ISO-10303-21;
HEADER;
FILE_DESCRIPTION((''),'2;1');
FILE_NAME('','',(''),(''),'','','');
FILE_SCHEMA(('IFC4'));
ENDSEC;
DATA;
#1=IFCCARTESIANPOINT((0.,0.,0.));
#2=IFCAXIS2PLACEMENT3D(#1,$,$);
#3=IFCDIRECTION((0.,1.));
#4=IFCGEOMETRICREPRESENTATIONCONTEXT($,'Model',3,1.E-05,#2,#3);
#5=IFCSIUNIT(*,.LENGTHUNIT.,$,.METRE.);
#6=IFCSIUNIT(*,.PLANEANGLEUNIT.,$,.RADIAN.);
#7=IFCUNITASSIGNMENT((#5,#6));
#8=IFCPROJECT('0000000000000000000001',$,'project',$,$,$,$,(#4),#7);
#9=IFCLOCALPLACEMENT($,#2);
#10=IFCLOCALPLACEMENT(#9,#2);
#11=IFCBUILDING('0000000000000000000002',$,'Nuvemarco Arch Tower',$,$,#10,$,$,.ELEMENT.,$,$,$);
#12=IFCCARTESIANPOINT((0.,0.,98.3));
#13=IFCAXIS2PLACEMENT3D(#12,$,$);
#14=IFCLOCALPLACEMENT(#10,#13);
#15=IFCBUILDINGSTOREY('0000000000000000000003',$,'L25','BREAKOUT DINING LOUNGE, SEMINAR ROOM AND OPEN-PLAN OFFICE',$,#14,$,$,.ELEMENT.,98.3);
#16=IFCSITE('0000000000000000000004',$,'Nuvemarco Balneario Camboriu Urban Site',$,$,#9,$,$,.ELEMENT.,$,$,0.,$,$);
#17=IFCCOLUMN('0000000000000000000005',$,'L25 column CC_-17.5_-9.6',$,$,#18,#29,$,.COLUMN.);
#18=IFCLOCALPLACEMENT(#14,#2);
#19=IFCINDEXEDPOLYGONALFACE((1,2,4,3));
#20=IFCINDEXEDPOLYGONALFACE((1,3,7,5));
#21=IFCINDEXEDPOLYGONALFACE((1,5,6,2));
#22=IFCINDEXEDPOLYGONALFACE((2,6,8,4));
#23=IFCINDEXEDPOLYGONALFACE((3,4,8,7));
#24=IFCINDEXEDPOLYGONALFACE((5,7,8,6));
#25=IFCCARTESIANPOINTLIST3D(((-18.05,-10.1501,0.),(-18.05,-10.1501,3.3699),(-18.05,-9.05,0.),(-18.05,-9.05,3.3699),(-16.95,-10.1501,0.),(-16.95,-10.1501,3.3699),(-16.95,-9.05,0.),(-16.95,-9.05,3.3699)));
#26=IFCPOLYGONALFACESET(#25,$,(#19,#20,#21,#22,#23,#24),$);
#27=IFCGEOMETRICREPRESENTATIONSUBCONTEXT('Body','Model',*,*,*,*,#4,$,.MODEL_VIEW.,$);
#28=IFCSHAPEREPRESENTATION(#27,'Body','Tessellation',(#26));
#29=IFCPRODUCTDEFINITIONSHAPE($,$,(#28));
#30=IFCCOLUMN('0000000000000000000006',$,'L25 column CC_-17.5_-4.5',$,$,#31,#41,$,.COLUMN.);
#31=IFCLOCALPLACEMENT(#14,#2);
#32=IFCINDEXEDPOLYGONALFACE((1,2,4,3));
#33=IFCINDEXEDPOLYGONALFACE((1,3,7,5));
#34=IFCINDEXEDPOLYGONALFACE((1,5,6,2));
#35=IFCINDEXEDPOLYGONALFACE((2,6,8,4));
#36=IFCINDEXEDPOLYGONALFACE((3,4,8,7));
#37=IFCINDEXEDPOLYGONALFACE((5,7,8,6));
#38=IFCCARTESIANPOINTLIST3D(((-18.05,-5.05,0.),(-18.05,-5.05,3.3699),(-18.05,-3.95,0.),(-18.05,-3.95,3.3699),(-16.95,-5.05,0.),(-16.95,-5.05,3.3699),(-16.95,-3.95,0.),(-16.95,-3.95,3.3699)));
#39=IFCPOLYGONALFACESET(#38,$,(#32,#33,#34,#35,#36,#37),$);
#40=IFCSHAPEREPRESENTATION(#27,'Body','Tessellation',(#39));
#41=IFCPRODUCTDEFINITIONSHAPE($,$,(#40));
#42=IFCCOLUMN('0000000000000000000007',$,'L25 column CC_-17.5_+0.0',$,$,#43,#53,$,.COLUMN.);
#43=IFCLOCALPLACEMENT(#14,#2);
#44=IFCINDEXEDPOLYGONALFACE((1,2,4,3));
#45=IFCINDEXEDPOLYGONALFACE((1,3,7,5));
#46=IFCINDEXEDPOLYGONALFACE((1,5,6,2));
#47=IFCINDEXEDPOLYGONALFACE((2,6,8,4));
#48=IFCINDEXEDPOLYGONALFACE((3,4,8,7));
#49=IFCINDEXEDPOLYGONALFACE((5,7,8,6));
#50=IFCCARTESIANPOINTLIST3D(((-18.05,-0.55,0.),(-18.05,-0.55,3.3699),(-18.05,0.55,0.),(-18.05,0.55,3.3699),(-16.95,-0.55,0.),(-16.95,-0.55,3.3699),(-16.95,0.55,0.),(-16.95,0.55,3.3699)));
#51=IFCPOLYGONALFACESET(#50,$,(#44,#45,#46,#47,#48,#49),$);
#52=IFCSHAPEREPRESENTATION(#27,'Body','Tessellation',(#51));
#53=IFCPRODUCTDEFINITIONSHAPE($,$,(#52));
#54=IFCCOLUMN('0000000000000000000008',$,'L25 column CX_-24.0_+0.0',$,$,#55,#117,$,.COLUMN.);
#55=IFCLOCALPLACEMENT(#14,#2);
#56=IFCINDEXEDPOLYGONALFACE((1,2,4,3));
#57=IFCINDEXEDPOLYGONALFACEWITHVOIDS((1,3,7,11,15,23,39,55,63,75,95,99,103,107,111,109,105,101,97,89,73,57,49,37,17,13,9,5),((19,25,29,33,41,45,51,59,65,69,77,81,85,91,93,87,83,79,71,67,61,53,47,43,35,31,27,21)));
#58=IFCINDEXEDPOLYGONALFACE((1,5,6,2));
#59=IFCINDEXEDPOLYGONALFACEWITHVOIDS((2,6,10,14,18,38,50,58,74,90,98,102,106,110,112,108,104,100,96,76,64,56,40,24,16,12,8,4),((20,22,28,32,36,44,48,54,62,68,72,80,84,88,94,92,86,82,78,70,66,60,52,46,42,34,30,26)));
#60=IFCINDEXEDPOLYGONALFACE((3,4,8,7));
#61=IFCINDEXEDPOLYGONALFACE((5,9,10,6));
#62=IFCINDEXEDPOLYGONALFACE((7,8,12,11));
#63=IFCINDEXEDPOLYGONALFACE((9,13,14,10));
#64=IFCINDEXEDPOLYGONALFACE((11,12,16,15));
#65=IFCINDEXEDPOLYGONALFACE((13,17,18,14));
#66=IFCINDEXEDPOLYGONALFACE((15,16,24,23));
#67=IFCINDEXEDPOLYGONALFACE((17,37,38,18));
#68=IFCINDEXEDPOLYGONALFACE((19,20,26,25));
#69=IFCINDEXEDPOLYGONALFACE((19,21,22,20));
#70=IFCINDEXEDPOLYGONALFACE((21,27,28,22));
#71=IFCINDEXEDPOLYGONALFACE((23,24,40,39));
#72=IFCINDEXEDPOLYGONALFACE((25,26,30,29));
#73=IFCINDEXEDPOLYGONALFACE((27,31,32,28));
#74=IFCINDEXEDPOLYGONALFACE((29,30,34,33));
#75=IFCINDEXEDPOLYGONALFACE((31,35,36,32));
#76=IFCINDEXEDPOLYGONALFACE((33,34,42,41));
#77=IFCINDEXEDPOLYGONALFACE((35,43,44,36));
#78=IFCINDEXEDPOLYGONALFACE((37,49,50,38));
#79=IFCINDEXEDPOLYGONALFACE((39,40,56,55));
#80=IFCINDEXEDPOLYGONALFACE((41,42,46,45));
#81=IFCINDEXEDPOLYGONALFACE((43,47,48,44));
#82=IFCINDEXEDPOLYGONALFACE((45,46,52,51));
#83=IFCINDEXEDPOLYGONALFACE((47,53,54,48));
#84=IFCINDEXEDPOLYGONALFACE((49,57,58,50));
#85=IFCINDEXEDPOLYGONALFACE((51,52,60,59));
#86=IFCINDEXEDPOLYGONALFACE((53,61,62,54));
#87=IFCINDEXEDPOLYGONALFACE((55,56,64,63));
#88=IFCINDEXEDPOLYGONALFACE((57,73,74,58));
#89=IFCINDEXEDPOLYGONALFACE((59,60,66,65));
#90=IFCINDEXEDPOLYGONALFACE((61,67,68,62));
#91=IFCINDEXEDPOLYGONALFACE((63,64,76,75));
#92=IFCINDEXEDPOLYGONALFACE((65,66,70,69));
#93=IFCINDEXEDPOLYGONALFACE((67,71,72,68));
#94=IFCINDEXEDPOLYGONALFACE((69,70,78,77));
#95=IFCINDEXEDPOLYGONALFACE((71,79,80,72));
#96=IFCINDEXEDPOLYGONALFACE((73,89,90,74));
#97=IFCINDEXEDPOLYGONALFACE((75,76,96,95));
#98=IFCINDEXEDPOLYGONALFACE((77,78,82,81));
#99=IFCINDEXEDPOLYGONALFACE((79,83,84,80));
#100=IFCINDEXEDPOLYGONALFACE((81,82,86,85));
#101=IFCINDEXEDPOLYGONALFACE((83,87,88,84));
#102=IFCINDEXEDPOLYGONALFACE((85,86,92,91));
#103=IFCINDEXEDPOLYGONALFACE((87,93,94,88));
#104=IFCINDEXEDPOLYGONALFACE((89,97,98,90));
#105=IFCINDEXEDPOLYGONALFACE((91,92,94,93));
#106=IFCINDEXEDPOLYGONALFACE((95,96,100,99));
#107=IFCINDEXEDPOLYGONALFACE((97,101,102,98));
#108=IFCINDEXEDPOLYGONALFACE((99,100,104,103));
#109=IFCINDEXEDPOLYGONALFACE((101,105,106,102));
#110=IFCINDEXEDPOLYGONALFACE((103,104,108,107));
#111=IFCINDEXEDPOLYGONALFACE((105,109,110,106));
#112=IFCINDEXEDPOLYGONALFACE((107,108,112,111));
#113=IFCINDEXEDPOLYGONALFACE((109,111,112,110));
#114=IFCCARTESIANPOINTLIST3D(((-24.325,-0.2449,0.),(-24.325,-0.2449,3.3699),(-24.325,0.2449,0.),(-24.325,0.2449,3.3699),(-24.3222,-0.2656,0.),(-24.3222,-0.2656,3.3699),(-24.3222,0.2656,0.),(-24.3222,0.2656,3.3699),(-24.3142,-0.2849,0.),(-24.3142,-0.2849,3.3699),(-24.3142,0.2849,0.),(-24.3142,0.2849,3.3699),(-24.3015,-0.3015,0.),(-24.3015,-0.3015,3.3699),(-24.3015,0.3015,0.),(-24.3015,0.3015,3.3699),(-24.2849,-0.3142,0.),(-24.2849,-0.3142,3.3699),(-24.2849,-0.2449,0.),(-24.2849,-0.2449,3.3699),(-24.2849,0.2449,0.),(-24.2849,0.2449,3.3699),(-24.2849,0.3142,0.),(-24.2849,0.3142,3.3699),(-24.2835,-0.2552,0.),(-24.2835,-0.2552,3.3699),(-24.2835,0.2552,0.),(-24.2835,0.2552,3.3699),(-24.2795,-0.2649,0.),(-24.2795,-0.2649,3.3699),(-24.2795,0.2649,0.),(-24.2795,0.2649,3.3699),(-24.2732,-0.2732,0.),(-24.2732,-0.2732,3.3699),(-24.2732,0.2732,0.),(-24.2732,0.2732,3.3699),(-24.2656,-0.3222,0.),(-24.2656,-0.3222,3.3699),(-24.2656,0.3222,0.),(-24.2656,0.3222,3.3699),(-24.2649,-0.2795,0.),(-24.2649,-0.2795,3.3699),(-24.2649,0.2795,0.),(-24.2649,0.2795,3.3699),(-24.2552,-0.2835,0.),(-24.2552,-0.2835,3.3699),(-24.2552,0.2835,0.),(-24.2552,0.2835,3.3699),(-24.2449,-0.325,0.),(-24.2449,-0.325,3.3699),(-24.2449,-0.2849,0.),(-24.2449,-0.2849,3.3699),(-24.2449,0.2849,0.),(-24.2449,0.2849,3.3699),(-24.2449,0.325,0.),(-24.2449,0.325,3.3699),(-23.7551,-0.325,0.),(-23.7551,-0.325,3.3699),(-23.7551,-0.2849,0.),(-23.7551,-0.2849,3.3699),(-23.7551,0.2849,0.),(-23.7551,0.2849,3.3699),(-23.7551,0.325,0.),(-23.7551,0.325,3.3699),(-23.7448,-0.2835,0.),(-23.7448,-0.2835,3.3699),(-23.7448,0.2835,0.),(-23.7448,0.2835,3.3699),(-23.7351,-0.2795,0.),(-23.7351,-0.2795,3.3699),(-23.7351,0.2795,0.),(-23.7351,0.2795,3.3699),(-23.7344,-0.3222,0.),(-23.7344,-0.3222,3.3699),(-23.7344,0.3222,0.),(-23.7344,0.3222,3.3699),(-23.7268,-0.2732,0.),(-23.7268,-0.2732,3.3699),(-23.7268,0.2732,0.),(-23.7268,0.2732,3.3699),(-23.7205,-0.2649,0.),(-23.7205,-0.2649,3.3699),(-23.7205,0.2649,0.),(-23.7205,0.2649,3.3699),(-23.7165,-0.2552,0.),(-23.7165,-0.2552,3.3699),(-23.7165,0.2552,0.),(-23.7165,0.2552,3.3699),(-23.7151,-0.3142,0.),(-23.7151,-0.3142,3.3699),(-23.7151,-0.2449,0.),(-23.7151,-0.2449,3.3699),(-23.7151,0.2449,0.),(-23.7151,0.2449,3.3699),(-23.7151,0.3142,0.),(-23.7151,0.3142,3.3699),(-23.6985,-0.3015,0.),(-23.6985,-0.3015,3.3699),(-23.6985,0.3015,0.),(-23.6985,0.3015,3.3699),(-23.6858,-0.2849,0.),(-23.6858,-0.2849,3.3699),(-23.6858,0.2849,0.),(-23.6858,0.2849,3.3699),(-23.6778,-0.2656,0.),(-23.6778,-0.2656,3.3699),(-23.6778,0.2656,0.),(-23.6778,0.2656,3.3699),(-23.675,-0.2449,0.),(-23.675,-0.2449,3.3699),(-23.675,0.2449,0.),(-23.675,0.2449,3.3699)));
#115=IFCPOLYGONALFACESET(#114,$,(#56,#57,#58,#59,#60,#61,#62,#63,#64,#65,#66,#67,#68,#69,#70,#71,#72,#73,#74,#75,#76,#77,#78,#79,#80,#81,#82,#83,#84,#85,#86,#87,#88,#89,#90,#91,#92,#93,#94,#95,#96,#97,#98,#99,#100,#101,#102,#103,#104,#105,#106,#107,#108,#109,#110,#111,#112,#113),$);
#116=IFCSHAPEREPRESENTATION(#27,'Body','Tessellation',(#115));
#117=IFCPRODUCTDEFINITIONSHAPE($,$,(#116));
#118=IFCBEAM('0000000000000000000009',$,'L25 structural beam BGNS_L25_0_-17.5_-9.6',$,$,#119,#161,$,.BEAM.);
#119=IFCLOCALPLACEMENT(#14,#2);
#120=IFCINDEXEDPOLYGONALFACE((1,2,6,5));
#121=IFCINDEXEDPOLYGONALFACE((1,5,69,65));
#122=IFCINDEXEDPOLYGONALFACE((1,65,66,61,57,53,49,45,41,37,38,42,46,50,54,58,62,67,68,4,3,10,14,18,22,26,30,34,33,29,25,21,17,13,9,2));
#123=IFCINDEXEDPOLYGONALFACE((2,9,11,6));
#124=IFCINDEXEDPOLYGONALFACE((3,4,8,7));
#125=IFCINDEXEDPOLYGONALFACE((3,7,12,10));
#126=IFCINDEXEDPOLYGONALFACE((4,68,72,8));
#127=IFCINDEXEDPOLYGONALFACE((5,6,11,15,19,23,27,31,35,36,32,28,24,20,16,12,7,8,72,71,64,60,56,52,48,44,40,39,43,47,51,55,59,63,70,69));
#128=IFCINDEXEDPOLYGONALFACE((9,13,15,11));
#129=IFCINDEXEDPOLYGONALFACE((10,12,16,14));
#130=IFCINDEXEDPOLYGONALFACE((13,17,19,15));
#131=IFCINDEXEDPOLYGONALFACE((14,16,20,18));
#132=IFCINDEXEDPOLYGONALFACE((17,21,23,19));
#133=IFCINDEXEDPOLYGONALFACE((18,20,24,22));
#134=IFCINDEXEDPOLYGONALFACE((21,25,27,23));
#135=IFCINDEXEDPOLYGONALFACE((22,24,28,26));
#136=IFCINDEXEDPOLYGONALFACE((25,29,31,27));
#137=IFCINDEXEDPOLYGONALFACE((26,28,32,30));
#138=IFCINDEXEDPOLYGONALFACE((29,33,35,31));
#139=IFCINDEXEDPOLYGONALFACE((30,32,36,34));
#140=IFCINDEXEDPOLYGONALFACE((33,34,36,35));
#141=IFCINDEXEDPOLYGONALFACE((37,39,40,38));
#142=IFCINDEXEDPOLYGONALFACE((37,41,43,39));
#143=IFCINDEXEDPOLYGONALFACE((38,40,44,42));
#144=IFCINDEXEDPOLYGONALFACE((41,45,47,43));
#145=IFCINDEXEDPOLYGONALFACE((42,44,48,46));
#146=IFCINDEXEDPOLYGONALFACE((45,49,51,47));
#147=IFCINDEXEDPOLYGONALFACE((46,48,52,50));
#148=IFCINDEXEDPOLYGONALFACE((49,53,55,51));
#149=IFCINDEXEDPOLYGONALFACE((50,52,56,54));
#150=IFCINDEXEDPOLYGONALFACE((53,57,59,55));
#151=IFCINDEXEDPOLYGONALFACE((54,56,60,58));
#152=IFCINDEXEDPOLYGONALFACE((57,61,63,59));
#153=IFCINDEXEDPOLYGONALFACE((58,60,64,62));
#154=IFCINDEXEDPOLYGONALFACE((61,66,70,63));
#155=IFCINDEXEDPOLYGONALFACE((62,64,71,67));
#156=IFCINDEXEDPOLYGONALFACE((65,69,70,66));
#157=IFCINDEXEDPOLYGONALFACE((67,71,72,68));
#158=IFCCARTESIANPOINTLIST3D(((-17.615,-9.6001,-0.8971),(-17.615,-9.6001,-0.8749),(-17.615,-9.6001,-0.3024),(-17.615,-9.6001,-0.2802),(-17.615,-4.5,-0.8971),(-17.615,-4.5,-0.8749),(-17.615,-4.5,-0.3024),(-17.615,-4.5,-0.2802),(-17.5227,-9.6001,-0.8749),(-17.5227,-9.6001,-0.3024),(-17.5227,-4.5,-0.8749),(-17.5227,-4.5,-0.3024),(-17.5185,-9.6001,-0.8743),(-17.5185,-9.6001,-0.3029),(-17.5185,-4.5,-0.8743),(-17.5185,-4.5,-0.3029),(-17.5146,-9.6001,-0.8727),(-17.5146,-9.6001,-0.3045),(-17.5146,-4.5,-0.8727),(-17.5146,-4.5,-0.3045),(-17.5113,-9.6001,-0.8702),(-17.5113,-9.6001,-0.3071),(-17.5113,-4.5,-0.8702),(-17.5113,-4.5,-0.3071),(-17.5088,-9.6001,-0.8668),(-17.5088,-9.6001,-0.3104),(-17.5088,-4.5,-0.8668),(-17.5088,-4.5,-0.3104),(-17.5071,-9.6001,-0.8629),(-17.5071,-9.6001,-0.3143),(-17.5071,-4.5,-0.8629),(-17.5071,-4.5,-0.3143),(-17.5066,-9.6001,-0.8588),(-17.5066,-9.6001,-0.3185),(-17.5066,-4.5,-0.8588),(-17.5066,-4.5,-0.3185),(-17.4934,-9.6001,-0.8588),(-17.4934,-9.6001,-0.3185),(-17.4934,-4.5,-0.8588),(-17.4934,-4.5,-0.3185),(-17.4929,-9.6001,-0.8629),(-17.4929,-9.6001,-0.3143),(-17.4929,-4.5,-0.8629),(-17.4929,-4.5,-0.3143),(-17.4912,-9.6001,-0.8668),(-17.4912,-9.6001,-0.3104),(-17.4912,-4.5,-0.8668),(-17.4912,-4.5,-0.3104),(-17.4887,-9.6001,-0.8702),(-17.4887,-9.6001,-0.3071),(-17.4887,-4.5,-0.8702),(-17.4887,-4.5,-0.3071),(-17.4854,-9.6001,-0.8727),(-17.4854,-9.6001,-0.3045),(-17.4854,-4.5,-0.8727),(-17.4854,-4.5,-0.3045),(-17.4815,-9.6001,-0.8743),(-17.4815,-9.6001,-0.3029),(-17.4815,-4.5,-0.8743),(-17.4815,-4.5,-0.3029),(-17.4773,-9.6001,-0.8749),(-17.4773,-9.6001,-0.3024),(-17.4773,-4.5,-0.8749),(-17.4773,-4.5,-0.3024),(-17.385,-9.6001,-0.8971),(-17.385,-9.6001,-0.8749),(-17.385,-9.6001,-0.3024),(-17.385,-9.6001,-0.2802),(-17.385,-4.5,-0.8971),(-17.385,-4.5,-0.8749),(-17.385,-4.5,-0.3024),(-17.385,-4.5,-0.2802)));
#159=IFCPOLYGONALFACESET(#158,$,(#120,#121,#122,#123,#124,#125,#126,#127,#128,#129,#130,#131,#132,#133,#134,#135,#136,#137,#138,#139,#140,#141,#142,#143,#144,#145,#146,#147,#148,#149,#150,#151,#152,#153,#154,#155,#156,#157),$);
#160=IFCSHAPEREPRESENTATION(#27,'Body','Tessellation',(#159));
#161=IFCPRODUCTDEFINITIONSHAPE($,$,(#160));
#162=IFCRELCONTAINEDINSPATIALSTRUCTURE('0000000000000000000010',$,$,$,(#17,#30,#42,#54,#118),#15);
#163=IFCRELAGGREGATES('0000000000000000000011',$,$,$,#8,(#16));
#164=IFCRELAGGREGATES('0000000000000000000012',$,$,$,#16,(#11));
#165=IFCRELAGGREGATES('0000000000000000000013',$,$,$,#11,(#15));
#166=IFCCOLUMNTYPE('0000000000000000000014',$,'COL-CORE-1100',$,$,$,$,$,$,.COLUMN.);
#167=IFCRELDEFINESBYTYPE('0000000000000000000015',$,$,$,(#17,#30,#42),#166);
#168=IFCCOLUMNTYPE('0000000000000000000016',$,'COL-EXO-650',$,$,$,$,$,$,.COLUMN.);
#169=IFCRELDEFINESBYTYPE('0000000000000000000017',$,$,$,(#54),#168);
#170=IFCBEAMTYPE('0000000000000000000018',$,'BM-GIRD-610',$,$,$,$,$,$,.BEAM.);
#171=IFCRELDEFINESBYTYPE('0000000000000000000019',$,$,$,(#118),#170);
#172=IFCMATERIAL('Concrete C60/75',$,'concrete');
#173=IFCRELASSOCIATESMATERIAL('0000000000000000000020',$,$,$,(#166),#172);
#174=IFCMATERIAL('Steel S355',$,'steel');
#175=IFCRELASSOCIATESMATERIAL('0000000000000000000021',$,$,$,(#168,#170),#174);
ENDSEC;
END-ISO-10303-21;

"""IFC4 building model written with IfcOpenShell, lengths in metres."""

from ifc_helpers import new_model, si_unit, direction, frame, origin, origin_2d, place, context, subcontext, project, spatial, rectangle, hollow_rectangle, i_section, extrude, material, material_profile, profile_set, type_object, element, save


model = new_model("IFC4")

# Units and contexts
model_context = context("Model", 3, precision=1e-05, world=origin(), true_north=direction((0.0, 1.0)))
body_context = subcontext(model_context, "Body", "Model", "MODEL_VIEW")
ifc_project = project(units=[si_unit("LENGTHUNIT", "METRE"), si_unit("PLANEANGLEUNIT", "RADIAN")], contexts=[model_context])

# Site, building, storey
site_placement = place(None, origin())
site = spatial("IfcSite", under=ifc_project, at=site_placement, Name="Nuvemarco Balneario Camboriu Urban Site", CompositionType="ELEMENT", RefElevation=0.0)
building_placement = place(site_placement, origin())
building = spatial("IfcBuilding", under=site, at=building_placement, Name="Nuvemarco Arch Tower", CompositionType="ELEMENT")
storey_placement = place(building_placement, frame((0.0, 0.0, 98.3)))
storey = spatial("IfcBuildingStorey", under=building, at=storey_placement, Name="L25", Description="BREAKOUT DINING LOUNGE, SEMINAR ROOM AND OPEN-PLAN OFFICE", CompositionType="ELEMENT", Elevation=98.3)

# Columns
ifc_material_1 = material(Name="Concrete C60/75", Category="concrete")
ifc_material_profile_1 = material_profile(ifc_material_1, rectangle(XDim=1.1001, YDim=1.1001, at=origin_2d()), Name="RC-COL-1100x1100")
ifc_profile_set_1 = profile_set([ifc_material_profile_1], Name="Concrete C60/75")
column_type_1 = type_object("IfcColumnType", Name="COL-CORE-1100", PredefinedType="COLUMN", material=ifc_profile_set_1)
for number, where, z_axis, x_axis, name in (
    (1, (-17.5, -9.6001, 0.0), (0.0, 0.0, 1.0), (1.0, 0.0, 0.0), "L25 column CC_-17.5_-9.6"),
    (2, (-17.5, -4.5, 0.0), (0.0, 0.0, 1.0), (1.0, 0.0, 0.0), "L25 column CC_-17.5_-4.5"),
    (3, (-17.5, 0.0, 0.0), (0.0, 0.0, 1.0), (1.0, 0.0, 0.0), "L25 column CC_-17.5_+0.0"),
):
    element("IfcColumn", number, at=place(storey_placement, frame(where, z_axis=z_axis, x_axis=x_axis)), inside=storey, type_object=column_type_1, Name=name, PredefinedType="COLUMN", context=body_context, shape_type="SweptSolid", body=[
        extrude(rectangle(XDim=1.1001, YDim=1.1001, at=origin_2d()), origin(), (0.0, 0.0, 1.0), 3.3699),
    ])
ifc_material_2 = material(Name="Steel S355", Category="steel")
ifc_material_profile_2 = material_profile(ifc_material_2, hollow_rectangle(XDim=0.6499, YDim=0.6499, WallThickness=0.04, InnerFilletRadius=0.04, OuterFilletRadius=0.0801, at=origin_2d()), Name="SHS650x650x40")
ifc_profile_set_2 = profile_set([ifc_material_profile_2], Name="Steel S355")
column_type_2 = type_object("IfcColumnType", Name="COL-EXO-650", PredefinedType="COLUMN", material=ifc_profile_set_2)
column_placement = place(storey_placement, frame((-24.0, 0.0, 0.0), z_axis=(0.0, 0.0, 1.0), x_axis=(1.0, 0.0, 0.0)))
element("IfcColumn", 4, at=column_placement, inside=storey, type_object=column_type_2, Name="L25 column CX_-24.0_+0.0", PredefinedType="COLUMN", context=body_context, shape_type="SweptSolid", body=[
    extrude(hollow_rectangle(XDim=0.6499, YDim=0.6499, WallThickness=0.04, InnerFilletRadius=0.04, OuterFilletRadius=0.0801, at=origin_2d()), origin(), (0.0, 0.0, 1.0), 3.3699),
])

# Beam
ifc_material_profile_3 = material_profile(ifc_material_2, i_section(OverallWidth=0.23, OverallDepth=0.6169, WebThickness=0.0132, FlangeThickness=0.0222, FilletRadius=0.0161, at=origin_2d()), Name="W610x140")
ifc_profile_set_3 = profile_set([ifc_material_profile_3], Name="Steel S355")
beam_type_1 = type_object("IfcBeamType", Name="BM-GIRD-610", PredefinedType="BEAM", material=ifc_profile_set_3)
beam_1_placement = place(storey_placement, frame((-17.5, -9.6001, -0.5886), z_axis=(0.0, 1.0, 0.0), x_axis=(-1.0, 0.0, 0.0)))
element("IfcBeam", 5, at=beam_1_placement, inside=storey, type_object=beam_type_1, Name="L25 structural beam BGNS_L25_0_-17.5_-9.6", PredefinedType="BEAM", context=body_context, shape_type="SweptSolid", body=[
    extrude(i_section(OverallWidth=0.23, OverallDepth=0.6169, WebThickness=0.0132, FlangeThickness=0.0222, FilletRadius=0.0161, at=origin_2d()), origin(), (0.0, 0.0, 1.0), 5.1001),
])

save(model, "model.ifc")
